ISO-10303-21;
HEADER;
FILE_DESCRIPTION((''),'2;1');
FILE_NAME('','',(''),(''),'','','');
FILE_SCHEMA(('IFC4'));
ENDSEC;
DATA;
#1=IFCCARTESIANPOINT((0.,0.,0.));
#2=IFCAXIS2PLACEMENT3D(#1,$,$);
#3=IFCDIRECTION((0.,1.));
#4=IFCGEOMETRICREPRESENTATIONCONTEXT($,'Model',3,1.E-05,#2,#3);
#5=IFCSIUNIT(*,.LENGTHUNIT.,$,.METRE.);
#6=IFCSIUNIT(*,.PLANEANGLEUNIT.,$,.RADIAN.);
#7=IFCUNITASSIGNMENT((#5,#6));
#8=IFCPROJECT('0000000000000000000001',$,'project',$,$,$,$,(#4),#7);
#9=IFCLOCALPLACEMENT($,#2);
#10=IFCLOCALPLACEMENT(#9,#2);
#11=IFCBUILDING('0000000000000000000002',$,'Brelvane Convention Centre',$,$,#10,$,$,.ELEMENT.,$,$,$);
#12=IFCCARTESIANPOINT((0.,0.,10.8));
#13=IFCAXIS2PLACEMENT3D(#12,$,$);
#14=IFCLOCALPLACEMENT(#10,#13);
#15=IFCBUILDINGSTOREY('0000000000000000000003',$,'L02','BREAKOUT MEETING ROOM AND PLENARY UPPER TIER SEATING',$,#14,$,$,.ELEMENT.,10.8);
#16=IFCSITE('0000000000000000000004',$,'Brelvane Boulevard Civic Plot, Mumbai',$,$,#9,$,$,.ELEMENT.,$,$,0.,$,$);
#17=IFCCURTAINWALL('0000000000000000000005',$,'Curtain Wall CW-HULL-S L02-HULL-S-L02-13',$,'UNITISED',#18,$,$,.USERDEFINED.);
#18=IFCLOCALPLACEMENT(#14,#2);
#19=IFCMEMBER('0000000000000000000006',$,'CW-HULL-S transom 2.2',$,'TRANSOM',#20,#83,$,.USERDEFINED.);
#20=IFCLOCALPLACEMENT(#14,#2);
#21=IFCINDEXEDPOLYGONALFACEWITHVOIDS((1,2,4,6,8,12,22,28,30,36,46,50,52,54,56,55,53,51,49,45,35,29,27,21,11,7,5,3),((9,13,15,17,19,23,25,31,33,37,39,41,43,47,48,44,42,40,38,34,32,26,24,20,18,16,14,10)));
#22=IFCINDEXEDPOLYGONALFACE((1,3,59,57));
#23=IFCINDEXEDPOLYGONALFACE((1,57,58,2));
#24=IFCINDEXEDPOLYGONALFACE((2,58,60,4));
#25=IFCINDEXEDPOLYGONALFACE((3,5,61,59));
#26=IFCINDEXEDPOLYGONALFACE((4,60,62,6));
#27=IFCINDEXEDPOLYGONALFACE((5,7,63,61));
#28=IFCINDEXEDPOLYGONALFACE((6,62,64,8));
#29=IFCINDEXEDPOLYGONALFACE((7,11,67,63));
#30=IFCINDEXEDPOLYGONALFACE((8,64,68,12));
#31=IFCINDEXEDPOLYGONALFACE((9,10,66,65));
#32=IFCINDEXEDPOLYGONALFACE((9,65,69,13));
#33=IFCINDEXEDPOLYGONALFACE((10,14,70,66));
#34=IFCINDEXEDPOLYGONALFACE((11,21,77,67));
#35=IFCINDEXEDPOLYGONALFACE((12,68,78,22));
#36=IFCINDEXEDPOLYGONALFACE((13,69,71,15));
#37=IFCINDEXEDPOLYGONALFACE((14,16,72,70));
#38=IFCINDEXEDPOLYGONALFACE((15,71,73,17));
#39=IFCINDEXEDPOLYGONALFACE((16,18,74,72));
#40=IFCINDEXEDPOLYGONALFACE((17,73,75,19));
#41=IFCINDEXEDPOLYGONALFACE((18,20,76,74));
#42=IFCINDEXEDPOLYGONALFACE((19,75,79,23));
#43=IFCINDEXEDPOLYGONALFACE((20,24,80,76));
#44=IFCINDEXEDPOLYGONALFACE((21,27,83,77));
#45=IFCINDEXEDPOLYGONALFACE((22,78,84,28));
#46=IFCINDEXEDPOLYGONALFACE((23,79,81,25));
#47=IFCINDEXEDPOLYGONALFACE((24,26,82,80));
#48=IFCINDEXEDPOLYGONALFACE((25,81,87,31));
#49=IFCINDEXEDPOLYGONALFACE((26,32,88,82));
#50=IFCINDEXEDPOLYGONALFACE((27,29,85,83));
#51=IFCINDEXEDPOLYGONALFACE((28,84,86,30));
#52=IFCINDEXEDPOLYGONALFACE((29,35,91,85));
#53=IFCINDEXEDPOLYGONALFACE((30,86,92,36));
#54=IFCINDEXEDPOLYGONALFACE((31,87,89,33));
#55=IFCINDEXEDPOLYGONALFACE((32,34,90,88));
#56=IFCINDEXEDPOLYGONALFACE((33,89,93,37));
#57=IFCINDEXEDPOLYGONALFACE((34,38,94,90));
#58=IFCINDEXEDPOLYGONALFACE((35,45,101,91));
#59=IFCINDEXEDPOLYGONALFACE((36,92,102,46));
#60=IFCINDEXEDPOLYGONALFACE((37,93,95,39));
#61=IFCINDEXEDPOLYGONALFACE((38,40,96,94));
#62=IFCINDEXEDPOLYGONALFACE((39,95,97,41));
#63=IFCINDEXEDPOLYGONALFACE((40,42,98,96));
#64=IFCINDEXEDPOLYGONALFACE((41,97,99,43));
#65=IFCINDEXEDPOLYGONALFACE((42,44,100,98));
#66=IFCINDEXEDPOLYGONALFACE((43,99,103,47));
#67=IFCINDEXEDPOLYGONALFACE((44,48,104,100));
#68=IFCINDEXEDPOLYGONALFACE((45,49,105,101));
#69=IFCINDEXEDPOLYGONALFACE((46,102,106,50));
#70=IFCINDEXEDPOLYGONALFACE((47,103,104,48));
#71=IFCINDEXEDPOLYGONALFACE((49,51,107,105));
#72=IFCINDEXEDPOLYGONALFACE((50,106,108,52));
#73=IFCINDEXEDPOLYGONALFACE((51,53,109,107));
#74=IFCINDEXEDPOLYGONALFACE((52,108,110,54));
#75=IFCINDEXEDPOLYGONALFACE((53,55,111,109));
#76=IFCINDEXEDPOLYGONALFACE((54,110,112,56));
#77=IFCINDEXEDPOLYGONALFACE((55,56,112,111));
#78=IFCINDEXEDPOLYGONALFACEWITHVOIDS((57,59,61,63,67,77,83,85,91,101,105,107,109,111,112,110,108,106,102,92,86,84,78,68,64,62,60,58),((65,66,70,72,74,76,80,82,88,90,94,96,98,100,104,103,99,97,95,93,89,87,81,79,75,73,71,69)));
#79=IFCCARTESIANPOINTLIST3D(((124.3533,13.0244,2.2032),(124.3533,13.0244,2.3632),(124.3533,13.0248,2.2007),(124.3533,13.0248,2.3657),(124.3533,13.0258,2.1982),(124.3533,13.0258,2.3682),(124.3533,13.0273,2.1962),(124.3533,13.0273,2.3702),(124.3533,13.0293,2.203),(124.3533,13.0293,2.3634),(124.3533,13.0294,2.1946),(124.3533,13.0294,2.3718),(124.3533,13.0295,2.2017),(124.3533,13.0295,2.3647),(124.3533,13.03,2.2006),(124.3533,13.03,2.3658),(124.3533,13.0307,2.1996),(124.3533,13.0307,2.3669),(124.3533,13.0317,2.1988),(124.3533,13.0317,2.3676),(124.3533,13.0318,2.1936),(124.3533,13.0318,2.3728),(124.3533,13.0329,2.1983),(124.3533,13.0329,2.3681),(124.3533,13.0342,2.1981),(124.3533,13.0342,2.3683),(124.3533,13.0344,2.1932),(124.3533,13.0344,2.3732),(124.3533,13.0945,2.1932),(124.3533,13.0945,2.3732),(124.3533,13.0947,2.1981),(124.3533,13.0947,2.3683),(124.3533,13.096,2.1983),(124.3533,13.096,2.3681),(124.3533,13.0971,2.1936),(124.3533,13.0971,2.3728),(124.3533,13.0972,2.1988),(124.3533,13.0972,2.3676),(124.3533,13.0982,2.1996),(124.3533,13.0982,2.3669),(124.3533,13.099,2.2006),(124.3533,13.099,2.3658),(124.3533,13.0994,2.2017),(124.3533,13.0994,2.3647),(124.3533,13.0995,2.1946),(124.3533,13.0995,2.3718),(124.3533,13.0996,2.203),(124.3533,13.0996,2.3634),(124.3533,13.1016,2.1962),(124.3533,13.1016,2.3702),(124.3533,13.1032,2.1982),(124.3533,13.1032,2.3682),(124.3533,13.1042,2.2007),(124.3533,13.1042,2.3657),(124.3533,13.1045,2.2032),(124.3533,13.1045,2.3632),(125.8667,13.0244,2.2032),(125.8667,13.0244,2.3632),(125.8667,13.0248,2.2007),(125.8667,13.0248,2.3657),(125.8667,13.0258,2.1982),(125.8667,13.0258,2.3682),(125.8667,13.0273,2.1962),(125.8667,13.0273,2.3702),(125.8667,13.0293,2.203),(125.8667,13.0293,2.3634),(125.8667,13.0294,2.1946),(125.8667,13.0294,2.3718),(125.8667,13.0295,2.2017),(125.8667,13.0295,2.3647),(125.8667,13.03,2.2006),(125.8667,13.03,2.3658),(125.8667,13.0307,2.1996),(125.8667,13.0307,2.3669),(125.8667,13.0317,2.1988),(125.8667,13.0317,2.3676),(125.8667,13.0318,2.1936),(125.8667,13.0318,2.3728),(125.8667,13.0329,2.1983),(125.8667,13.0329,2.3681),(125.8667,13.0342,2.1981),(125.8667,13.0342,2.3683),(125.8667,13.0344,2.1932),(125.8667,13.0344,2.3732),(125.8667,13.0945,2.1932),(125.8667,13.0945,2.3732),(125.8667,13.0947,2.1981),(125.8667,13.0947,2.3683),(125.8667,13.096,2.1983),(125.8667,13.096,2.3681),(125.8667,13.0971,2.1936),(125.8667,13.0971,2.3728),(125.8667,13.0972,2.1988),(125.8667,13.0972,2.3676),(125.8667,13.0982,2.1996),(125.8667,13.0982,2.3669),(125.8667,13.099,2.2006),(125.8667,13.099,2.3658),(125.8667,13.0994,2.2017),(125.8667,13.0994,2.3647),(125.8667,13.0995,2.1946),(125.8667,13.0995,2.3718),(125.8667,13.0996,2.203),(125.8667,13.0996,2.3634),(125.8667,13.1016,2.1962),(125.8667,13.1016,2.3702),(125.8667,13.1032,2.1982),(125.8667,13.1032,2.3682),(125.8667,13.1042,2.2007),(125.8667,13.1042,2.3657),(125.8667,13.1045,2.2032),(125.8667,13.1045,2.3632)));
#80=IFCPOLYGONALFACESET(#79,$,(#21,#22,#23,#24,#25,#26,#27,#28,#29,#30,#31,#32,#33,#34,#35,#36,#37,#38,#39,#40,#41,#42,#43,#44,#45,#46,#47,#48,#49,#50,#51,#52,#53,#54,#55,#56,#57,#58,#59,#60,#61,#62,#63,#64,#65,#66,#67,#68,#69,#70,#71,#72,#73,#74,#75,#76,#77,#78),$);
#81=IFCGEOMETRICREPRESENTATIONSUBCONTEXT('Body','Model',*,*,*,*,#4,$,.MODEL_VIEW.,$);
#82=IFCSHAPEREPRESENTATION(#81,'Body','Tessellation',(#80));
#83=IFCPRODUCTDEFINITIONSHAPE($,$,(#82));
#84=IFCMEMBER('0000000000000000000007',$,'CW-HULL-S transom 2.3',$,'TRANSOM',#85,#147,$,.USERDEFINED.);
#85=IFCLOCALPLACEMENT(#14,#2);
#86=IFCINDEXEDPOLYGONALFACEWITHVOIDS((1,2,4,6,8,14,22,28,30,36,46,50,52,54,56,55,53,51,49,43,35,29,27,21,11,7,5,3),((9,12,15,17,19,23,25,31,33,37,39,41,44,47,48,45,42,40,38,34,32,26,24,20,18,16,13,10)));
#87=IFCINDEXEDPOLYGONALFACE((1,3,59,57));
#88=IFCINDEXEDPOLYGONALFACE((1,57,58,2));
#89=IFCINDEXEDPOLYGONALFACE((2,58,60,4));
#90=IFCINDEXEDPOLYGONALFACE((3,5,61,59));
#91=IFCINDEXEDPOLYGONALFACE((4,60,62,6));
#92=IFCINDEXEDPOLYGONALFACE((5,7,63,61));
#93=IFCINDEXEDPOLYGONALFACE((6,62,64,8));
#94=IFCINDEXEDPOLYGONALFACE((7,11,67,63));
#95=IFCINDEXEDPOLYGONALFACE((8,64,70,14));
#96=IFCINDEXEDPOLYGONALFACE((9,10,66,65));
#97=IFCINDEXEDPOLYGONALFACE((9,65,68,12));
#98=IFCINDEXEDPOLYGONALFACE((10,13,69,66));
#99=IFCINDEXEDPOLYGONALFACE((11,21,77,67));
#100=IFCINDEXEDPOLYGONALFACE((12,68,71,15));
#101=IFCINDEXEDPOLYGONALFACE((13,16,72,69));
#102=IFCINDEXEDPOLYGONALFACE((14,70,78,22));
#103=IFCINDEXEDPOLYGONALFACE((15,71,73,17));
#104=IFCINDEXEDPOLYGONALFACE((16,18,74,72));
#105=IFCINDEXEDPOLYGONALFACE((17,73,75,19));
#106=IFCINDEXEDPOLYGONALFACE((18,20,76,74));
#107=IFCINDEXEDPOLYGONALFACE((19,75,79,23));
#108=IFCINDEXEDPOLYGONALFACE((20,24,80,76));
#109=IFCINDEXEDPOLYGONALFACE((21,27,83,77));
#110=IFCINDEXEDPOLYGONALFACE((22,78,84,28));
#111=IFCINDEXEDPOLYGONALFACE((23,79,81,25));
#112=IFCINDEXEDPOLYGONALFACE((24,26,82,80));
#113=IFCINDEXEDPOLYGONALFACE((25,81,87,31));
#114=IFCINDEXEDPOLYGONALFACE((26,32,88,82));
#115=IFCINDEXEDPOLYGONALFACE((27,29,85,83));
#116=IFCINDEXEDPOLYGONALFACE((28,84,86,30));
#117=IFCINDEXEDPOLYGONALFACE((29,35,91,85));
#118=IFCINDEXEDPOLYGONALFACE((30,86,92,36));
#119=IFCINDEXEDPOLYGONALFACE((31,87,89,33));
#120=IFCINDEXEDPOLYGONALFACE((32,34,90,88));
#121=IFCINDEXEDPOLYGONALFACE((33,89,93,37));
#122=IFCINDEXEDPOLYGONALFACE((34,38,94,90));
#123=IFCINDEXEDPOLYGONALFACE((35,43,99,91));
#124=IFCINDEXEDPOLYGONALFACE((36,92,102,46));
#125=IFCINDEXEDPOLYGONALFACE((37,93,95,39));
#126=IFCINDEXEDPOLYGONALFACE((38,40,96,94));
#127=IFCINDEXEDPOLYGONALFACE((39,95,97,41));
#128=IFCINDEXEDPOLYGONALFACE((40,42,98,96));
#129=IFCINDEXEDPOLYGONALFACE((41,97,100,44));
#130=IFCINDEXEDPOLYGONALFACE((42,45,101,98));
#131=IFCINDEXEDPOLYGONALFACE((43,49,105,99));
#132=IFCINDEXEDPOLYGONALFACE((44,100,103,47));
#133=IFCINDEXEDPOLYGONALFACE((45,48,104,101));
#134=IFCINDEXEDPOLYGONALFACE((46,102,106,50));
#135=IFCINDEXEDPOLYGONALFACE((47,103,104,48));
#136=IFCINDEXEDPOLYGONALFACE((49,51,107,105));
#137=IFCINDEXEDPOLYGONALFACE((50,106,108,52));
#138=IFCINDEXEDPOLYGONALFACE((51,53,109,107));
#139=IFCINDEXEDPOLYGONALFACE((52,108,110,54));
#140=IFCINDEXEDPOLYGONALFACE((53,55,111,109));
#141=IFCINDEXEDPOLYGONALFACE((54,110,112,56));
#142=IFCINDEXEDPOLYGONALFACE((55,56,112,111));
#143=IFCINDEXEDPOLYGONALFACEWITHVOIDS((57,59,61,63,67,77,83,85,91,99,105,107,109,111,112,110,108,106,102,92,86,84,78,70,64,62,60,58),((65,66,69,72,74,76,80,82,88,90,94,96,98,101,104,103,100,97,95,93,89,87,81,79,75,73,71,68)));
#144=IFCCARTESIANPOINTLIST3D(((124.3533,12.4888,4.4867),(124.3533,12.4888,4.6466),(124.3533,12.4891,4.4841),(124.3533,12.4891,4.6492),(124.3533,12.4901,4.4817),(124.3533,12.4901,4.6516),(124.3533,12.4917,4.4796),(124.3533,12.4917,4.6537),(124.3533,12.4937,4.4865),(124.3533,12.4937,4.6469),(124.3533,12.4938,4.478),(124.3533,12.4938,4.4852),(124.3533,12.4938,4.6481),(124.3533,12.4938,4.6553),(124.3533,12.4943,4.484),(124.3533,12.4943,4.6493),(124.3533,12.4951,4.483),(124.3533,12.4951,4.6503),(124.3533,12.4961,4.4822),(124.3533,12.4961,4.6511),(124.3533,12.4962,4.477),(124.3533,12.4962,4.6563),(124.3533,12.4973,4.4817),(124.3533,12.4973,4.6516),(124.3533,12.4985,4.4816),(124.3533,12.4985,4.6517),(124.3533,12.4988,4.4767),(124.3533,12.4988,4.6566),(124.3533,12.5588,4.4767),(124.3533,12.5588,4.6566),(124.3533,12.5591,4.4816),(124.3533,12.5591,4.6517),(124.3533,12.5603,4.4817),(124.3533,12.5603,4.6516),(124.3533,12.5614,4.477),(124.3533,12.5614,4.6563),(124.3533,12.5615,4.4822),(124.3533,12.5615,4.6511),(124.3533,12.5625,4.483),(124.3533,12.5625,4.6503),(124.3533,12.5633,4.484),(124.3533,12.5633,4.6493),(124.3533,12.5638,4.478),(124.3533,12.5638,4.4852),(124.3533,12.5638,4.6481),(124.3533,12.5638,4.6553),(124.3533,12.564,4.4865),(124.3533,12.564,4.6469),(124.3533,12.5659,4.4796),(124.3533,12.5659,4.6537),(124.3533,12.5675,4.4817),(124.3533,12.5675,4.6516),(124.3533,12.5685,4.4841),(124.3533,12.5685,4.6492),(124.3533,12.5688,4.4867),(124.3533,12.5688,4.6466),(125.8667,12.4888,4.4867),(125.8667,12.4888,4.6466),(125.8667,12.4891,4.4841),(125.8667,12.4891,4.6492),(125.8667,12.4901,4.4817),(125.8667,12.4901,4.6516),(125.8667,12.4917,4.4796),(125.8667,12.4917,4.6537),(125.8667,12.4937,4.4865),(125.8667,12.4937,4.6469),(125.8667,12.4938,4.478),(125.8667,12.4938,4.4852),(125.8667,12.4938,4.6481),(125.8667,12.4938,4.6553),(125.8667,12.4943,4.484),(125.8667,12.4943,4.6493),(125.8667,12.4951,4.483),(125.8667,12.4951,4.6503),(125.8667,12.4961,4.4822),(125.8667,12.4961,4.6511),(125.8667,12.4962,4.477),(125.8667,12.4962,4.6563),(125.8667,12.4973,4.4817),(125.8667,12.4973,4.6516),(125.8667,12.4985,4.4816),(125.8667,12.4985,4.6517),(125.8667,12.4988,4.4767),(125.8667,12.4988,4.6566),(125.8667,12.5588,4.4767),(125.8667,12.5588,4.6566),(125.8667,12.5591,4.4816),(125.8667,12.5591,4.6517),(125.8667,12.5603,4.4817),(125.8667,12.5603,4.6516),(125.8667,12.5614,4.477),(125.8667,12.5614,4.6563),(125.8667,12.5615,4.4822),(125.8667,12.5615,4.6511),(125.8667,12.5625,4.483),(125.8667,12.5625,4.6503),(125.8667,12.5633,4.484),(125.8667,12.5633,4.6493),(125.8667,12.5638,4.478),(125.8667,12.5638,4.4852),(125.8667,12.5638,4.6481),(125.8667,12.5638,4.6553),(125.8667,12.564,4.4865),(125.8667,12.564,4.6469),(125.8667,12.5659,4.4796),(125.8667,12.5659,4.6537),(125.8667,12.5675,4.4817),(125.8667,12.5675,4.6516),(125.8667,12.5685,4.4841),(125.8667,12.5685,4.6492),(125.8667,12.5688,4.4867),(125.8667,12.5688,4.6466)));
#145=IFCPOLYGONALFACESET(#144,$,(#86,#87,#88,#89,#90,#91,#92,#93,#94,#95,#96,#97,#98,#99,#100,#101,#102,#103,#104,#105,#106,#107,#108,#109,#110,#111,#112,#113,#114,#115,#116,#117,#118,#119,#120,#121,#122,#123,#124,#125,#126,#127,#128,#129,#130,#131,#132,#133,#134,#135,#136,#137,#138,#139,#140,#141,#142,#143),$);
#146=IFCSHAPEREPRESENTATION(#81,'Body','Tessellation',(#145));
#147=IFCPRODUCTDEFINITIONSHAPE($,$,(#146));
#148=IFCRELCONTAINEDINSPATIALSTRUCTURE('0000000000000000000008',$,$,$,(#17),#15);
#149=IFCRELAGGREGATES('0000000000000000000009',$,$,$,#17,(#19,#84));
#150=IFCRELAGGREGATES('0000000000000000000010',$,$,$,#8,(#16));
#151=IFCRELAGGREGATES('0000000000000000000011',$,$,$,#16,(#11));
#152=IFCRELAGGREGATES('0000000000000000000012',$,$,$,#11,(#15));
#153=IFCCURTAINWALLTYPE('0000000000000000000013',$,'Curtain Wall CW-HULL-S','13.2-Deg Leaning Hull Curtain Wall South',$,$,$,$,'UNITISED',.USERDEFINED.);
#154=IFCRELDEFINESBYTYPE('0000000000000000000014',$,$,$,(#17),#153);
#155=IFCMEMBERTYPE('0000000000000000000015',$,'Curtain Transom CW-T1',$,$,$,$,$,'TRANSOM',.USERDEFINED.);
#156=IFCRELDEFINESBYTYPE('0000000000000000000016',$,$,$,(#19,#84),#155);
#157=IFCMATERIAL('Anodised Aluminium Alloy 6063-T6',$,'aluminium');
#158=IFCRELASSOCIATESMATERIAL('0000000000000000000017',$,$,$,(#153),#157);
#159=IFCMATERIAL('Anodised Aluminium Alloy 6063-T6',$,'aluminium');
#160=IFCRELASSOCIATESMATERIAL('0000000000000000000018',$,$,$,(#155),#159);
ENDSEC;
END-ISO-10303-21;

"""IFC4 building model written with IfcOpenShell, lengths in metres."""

from ifc_helpers import new_model, si_unit, direction, frame, origin, origin_2d, place, context, subcontext, project, spatial, hollow_rectangle, extrude, material, material_profile, profile_set, type_object, element, aggregate, save


model = new_model("IFC4")

# Units and contexts
model_context = context("Model", 3, precision=1e-05, world=origin(), true_north=direction((0.0, 1.0)))
body_context = subcontext(model_context, "Body", "Model", "MODEL_VIEW")
ifc_project = project(units=[si_unit("LENGTHUNIT", "METRE"), si_unit("PLANEANGLEUNIT", "RADIAN")], contexts=[model_context])

# Site, building, storey
site_placement = place(None, origin())
site = spatial("IfcSite", under=ifc_project, at=site_placement, Name="Brelvane Boulevard Civic Plot, Mumbai", CompositionType="ELEMENT", RefElevation=0.0)
building_placement = place(site_placement, origin())
building = spatial("IfcBuilding", under=site, at=building_placement, Name="Brelvane Convention Centre", CompositionType="ELEMENT")
storey_placement = place(building_placement, frame((0.0, 0.0, 10.8)))
storey = spatial("IfcBuildingStorey", under=building, at=storey_placement, Name="L02", Description="BREAKOUT MEETING ROOM AND PLENARY UPPER TIER SEATING", CompositionType="ELEMENT", Elevation=10.8)

# Curtain wall, members
ifc_material_1 = material(Name="Anodised Aluminium Alloy 6063-T6", Category="aluminium")
curtain_wall_type = type_object("IfcCurtainWallType", Name="Curtain Wall CW-HULL-S", Description="13.2-Deg Leaning Hull Curtain Wall South", ElementType="UNITISED", PredefinedType="USERDEFINED", material=ifc_material_1)
ifc_material_2 = material(Name="Anodised Aluminium Alloy 6063-T6", Category="aluminium")
ifc_material_profile = material_profile(ifc_material_2, hollow_rectangle(XDim=0.0801, YDim=0.1799, WallThickness=0.0049, InnerFilletRadius=0.0049, OuterFilletRadius=0.01, at=origin_2d()), Name="ALU-T 180x80x5.0")
ifc_profile_set = profile_set([ifc_material_profile], Name="Anodised Aluminium Alloy 6063-T6")
member_type = type_object("IfcMemberType", Name="Curtain Transom CW-T1", ElementType="TRANSOM", PredefinedType="USERDEFINED", material=ifc_profile_set)
curtain_wall_1_placement = place(storey_placement, origin())
curtain_wall_1 = element("IfcCurtainWall", 1, at=curtain_wall_1_placement, inside=storey, type_object=curtain_wall_type, Name="Curtain Wall CW-HULL-S L02-HULL-S-L02-13", ObjectType="UNITISED", PredefinedType="USERDEFINED")
member_1_placement = place(storey_placement, frame((124.3533, 13.0645, 2.2832), z_axis=(1.0, 0.0, 0.0), x_axis=(0.0, 1.0, 0.0)))
member_1 = element("IfcMember", 2, at=member_1_placement, type_object=member_type, Name="CW-HULL-S transom 2.2", ObjectType="TRANSOM", PredefinedType="USERDEFINED", context=body_context, shape_type="SweptSolid", body=[
    extrude(hollow_rectangle(XDim=0.0801, YDim=0.1799, WallThickness=0.0049, InnerFilletRadius=0.0049, OuterFilletRadius=0.01, at=origin_2d()), origin(), (0.0, 0.0, 1.0), 1.5134),
])
member_2_placement = place(storey_placement, frame((124.3533, 12.5288, 4.5667), z_axis=(1.0, 0.0, 0.0), x_axis=(0.0, 1.0, 0.0)))
member_2 = element("IfcMember", 3, at=member_2_placement, type_object=member_type, Name="CW-HULL-S transom 2.3", ObjectType="TRANSOM", PredefinedType="USERDEFINED", context=body_context, shape_type="SweptSolid", body=[
    extrude(hollow_rectangle(XDim=0.0801, YDim=0.1799, WallThickness=0.0049, InnerFilletRadius=0.0049, OuterFilletRadius=0.01, at=origin_2d()), origin(), (0.0, 0.0, 1.0), 1.5134),
])

aggregate(curtain_wall_1, [member_1, member_2])

save(model, "model.ifc")
